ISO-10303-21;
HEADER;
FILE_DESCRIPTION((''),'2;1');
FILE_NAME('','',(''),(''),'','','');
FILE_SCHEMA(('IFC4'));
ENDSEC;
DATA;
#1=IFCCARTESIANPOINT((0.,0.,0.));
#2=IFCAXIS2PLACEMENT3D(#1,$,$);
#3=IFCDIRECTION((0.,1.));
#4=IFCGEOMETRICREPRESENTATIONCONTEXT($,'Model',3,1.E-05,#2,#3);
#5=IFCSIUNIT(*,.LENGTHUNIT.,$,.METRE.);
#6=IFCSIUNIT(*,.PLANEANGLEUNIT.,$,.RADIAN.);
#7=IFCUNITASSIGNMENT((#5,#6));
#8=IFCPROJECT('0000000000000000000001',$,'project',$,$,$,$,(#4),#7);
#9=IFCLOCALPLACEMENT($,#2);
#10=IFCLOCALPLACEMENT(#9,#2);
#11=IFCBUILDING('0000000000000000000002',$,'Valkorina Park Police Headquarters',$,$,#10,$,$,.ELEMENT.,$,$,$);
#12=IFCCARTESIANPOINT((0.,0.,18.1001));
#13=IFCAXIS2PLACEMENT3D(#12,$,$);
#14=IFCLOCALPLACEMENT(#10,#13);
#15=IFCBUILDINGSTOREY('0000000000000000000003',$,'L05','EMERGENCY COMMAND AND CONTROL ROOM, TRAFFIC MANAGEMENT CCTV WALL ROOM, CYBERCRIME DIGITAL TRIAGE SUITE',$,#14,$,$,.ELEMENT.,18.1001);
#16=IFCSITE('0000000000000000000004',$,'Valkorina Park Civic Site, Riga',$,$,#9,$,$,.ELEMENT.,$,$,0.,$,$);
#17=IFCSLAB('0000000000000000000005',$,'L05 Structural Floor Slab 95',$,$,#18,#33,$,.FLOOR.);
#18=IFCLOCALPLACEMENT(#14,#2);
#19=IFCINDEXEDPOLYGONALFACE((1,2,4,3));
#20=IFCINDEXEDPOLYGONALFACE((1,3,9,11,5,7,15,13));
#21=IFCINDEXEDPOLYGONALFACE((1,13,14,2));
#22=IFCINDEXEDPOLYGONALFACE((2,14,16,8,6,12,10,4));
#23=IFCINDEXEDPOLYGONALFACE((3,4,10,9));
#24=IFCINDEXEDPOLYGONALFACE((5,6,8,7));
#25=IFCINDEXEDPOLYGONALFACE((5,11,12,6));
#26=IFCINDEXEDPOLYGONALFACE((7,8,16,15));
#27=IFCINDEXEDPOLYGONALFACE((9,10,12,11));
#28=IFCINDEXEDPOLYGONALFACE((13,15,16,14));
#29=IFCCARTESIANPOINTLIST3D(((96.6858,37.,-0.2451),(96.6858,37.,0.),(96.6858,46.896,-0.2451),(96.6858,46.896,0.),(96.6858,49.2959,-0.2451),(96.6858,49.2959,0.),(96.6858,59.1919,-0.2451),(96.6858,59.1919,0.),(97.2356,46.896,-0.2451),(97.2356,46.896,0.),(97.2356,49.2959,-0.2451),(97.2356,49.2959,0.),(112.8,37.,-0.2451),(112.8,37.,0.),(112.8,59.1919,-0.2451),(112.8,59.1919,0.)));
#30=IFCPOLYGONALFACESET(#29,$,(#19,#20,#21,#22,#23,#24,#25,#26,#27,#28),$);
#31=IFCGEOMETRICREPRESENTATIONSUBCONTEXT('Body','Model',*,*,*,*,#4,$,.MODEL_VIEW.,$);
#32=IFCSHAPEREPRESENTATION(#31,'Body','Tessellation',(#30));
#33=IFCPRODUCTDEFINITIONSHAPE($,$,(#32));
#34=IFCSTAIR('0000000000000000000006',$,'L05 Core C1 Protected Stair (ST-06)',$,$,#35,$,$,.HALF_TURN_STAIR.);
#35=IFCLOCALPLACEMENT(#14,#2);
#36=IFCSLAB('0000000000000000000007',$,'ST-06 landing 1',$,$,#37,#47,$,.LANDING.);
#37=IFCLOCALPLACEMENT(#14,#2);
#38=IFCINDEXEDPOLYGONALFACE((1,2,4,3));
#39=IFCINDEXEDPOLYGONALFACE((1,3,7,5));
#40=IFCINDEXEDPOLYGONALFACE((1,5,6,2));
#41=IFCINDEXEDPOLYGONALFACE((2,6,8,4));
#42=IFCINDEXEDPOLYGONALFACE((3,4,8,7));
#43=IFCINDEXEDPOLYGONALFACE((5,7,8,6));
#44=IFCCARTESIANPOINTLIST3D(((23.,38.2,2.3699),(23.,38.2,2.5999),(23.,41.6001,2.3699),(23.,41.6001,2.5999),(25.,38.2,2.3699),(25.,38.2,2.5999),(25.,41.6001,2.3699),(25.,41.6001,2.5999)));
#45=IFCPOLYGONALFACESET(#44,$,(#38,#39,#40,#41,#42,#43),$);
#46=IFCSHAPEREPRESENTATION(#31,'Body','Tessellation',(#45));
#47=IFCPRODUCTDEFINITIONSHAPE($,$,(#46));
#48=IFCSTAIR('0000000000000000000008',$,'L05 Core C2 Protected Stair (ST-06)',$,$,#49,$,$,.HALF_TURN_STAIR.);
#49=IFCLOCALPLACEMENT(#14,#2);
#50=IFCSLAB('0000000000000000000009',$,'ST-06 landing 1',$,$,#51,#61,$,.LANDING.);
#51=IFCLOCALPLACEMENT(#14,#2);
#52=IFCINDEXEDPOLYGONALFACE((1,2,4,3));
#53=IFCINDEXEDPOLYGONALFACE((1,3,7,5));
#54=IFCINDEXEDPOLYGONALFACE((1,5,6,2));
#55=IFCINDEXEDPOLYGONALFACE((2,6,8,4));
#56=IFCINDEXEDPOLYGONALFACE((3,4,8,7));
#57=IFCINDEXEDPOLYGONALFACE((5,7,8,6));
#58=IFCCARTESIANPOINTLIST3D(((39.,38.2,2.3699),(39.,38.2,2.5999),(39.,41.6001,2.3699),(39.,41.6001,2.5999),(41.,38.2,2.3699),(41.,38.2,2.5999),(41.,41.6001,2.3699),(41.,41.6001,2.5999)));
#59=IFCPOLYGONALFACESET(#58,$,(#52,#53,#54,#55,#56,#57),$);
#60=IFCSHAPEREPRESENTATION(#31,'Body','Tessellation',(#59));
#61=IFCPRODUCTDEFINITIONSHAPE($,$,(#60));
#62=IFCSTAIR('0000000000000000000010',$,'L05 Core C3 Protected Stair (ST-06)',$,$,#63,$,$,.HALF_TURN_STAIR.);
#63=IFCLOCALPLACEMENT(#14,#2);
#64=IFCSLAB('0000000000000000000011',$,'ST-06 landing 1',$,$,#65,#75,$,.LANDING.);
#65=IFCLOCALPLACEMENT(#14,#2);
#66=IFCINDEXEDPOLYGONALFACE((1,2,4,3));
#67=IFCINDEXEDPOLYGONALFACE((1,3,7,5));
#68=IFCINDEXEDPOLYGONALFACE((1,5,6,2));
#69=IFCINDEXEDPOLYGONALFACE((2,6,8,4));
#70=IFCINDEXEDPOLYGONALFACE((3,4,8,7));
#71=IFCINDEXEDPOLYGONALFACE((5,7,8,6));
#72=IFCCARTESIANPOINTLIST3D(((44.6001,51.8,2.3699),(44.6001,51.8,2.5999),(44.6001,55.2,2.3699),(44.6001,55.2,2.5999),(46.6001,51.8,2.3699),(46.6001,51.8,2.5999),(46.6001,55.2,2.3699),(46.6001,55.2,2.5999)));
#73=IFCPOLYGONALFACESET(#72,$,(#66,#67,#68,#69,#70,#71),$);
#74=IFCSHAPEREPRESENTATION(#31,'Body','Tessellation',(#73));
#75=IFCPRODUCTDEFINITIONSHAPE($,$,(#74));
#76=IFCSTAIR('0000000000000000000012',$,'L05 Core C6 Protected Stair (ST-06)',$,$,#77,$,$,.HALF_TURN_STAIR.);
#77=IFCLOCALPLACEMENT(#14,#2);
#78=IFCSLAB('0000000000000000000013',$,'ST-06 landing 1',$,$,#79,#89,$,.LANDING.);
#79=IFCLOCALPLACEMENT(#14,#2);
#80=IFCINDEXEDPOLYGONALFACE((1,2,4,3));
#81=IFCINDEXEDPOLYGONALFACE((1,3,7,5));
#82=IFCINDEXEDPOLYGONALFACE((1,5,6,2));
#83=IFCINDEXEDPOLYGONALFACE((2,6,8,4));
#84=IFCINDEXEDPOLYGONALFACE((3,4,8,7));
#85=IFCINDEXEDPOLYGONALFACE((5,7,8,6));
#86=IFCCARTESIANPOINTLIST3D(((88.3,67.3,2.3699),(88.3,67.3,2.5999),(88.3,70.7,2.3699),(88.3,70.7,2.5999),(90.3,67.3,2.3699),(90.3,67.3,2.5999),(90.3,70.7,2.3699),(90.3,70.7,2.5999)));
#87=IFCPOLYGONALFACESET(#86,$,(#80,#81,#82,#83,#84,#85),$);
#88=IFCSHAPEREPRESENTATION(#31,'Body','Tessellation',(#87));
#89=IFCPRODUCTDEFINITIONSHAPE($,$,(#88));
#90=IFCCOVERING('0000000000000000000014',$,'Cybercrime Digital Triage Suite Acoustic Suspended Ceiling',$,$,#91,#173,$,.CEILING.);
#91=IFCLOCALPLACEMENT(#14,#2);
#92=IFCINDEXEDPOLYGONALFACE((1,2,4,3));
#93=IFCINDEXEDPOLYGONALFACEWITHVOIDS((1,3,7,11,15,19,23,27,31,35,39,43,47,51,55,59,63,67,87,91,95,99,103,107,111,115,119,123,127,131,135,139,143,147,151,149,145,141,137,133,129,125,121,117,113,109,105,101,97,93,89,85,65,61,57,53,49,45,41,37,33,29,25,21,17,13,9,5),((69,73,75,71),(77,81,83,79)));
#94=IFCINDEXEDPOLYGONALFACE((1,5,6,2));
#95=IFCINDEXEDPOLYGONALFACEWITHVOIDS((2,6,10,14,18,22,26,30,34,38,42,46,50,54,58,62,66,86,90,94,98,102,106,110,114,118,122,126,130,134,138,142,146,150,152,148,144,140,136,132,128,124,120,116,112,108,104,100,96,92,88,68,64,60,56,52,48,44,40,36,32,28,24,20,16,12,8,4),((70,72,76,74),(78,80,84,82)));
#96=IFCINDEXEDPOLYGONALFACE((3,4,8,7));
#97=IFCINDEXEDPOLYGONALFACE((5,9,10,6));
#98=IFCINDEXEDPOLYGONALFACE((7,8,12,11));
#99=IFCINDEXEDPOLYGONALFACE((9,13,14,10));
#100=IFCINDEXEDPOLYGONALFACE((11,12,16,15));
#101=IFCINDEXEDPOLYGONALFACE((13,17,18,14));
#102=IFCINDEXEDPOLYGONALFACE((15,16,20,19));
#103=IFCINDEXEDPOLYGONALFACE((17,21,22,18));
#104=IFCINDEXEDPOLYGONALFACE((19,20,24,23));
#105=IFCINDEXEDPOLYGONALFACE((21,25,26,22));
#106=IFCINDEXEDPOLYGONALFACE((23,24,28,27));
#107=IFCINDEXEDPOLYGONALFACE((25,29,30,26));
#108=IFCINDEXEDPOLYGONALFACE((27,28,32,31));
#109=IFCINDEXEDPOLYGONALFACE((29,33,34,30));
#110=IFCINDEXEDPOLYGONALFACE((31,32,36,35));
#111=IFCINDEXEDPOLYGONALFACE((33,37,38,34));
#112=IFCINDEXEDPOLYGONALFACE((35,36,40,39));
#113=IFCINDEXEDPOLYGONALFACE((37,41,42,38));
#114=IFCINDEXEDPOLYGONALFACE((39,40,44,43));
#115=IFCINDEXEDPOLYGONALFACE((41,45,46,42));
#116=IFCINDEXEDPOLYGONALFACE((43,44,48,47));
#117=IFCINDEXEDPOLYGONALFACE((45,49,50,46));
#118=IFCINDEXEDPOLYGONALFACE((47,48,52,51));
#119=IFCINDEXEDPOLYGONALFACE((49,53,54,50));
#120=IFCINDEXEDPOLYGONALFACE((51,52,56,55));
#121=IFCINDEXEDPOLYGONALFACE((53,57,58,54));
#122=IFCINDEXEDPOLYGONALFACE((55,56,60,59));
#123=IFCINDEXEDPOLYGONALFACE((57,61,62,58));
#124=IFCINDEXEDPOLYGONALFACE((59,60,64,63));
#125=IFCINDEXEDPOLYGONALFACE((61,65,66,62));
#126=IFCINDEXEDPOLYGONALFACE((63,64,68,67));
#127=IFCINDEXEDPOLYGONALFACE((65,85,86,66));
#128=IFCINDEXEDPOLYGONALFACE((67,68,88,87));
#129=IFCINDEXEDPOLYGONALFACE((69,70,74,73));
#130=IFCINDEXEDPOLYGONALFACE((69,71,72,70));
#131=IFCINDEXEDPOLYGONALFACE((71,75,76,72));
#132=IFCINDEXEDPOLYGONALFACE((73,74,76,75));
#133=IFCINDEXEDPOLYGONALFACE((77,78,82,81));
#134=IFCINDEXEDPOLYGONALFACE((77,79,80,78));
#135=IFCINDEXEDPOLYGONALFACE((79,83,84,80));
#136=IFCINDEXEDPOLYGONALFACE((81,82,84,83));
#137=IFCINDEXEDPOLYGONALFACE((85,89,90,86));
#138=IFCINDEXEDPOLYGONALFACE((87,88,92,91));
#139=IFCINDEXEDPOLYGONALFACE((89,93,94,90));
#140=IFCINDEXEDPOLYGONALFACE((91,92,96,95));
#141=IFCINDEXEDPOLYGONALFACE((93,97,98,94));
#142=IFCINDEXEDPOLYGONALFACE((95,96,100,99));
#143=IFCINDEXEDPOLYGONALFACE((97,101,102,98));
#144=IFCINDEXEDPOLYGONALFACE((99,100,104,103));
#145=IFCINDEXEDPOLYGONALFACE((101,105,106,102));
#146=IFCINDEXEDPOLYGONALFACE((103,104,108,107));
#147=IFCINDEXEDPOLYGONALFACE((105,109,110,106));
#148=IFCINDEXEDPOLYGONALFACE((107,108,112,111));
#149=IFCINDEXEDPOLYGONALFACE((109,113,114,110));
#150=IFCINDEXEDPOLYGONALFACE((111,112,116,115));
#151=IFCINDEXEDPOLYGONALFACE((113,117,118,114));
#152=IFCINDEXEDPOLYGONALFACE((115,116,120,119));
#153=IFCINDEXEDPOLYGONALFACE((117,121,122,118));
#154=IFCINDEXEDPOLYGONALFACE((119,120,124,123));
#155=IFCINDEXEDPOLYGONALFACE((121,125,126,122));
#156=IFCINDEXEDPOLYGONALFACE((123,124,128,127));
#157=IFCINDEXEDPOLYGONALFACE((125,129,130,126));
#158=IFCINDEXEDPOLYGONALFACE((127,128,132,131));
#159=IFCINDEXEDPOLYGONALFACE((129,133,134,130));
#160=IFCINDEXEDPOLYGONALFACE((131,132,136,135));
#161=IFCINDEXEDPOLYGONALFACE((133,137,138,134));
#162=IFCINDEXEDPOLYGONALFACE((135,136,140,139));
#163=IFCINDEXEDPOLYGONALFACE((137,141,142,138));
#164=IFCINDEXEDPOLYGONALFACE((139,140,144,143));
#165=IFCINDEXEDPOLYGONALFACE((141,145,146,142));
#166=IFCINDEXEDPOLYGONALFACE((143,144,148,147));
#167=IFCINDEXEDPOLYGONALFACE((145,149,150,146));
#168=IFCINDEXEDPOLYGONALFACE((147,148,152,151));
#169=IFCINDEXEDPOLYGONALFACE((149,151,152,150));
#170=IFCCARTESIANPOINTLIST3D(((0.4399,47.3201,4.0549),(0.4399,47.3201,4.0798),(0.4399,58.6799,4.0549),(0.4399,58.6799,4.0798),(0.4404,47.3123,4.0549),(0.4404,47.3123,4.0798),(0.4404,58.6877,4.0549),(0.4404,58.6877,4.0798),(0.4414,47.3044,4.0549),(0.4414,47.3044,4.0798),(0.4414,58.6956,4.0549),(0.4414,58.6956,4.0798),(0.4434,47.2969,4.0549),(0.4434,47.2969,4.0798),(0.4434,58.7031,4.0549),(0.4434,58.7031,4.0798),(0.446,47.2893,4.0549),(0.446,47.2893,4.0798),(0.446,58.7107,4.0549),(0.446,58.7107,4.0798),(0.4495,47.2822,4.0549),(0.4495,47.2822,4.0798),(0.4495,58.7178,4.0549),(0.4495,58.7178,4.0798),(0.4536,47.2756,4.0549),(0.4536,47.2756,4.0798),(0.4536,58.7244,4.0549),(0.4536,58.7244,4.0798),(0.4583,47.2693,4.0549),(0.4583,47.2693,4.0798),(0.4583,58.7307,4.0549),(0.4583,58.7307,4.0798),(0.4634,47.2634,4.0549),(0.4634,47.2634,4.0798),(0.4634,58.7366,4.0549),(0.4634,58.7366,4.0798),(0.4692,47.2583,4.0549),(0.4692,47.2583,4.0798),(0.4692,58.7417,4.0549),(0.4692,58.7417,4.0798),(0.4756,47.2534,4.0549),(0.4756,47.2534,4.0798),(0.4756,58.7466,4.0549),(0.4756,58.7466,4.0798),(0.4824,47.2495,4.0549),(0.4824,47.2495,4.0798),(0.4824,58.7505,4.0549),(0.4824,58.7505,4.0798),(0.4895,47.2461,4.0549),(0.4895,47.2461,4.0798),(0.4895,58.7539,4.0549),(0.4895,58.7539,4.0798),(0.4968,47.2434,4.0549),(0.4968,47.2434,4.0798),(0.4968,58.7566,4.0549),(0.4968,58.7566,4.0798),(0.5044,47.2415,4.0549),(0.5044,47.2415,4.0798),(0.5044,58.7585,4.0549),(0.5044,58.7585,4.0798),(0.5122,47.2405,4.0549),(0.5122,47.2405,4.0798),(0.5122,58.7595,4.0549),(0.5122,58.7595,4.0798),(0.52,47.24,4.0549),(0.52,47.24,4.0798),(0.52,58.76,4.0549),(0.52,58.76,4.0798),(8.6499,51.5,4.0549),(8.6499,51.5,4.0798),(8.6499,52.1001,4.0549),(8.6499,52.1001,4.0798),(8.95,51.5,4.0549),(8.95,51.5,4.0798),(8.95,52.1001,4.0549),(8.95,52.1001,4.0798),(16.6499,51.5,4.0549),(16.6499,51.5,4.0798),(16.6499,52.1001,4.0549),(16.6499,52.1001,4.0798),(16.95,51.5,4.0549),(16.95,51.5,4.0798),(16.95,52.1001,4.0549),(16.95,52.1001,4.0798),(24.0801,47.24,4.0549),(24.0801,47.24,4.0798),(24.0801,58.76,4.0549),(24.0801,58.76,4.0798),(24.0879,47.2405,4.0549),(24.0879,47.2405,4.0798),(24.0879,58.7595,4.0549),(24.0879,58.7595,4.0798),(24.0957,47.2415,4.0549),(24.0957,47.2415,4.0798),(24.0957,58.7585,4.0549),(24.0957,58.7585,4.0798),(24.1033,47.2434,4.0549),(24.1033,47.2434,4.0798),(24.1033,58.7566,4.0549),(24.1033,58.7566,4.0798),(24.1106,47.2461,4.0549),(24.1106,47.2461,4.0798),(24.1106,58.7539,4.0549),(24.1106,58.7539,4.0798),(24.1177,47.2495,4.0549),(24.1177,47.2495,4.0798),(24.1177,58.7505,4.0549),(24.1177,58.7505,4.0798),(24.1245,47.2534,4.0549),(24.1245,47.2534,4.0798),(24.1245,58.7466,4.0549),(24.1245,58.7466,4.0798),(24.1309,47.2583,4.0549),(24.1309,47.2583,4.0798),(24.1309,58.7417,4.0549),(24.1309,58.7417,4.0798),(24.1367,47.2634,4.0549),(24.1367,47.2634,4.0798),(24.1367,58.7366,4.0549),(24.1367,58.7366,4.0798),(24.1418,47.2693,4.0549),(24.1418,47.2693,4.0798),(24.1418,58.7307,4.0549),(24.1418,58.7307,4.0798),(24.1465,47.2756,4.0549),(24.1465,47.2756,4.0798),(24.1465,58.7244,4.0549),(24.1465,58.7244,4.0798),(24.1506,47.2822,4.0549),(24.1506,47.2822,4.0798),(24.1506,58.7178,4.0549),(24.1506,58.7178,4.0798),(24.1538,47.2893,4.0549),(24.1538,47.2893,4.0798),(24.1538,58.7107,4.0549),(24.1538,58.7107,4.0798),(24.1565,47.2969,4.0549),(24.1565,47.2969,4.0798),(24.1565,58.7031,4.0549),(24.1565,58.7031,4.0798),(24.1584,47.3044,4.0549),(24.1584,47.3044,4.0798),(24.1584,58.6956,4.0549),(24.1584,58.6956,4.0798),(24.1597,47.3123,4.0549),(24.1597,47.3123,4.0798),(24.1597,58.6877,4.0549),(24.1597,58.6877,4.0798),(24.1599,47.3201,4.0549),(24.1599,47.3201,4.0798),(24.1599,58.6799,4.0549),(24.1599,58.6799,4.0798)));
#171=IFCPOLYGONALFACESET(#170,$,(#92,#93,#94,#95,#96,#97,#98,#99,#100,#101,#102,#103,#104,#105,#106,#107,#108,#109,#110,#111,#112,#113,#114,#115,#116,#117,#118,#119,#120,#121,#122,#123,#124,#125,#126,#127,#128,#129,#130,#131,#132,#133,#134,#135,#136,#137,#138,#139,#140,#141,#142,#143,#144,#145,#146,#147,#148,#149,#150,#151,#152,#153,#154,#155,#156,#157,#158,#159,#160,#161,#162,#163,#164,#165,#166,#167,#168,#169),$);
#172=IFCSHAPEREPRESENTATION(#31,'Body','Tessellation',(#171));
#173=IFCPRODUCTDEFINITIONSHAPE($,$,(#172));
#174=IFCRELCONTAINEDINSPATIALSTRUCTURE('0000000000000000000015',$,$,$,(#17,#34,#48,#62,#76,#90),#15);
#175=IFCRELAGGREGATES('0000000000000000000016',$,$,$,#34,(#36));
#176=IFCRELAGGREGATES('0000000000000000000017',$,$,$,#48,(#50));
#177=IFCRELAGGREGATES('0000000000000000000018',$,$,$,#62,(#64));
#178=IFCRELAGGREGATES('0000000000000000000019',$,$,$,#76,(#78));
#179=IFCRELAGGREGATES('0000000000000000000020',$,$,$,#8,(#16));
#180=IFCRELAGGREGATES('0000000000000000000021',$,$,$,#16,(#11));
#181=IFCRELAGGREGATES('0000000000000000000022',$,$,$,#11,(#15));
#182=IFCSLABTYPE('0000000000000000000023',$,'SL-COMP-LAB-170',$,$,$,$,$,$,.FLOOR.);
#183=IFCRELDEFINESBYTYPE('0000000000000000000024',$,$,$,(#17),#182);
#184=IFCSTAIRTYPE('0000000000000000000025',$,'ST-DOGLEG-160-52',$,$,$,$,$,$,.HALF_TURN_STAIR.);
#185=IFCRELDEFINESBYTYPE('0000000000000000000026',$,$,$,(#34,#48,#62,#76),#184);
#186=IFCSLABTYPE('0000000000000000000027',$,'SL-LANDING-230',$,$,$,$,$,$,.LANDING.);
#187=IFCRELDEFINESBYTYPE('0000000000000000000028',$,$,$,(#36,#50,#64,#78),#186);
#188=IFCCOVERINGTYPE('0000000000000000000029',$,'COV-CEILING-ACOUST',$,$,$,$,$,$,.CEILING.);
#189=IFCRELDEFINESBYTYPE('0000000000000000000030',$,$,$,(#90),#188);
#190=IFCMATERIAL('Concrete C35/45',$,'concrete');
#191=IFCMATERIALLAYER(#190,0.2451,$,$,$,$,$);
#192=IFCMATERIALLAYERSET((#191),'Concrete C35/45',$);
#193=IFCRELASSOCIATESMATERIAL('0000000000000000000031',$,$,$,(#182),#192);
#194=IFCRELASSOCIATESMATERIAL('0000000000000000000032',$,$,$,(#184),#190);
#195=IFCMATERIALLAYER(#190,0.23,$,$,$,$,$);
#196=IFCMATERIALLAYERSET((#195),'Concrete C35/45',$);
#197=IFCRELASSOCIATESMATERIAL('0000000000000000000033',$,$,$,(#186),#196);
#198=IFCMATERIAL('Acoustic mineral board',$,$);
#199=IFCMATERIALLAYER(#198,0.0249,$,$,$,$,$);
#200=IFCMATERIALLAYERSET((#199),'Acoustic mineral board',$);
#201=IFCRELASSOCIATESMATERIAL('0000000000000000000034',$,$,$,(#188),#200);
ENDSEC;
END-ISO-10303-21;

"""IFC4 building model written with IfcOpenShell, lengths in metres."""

from ifc_helpers import new_model, si_unit, direction, frame, origin, place, context, subcontext, project, spatial, polyline, outline, extrude, material, layer, layer_set, type_object, element, aggregate, save


model = new_model("IFC4")

# Units and contexts
model_context = context("Model", 3, precision=1e-05, world=origin(), true_north=direction((0.0, 1.0)))
body_context = subcontext(model_context, "Body", "Model", "MODEL_VIEW")
ifc_project = project(units=[si_unit("LENGTHUNIT", "METRE"), si_unit("PLANEANGLEUNIT", "RADIAN")], contexts=[model_context])

# Site, building, storey
site_placement = place(None, origin())
site = spatial("IfcSite", under=ifc_project, at=site_placement, Name="Valkorina Park Civic Site, Riga", CompositionType="ELEMENT", RefElevation=0.0)
building_placement = place(site_placement, origin())
building = spatial("IfcBuilding", under=site, at=building_placement, Name="Valkorina Park Police Headquarters", CompositionType="ELEMENT")
storey_placement = place(building_placement, frame((0.0, 0.0, 18.1001)))
storey = spatial("IfcBuildingStorey", under=building, at=storey_placement, Name="L05", Description="EMERGENCY COMMAND AND CONTROL ROOM, TRAFFIC MANAGEMENT CCTV WALL ROOM, CYBERCRIME DIGITAL TRIAGE SUITE", CompositionType="ELEMENT", Elevation=18.1001)

# Slab
ifc_material_1 = material(Name="Concrete C35/45", Category="concrete")
ifc_layer_1 = layer(ifc_material_1, 0.2451)
ifc_layer_set_1 = layer_set([ifc_layer_1], Name="Concrete C35/45")
slab_type_1 = type_object("IfcSlabType", Name="SL-COMP-LAB-170", PredefinedType="FLOOR", material=ifc_layer_set_1)
slab_1_placement = place(storey_placement, frame((0.0, 0.0, -0.2451)))
element("IfcSlab", 1, at=slab_1_placement, inside=storey, type_object=slab_type_1, Name="L05 Structural Floor Slab 95", PredefinedType="FLOOR", context=body_context, shape_type="SweptSolid", body=[
    extrude(outline(polyline([(96.6858, 59.1919), (96.6858, 49.2959), (97.2356, 49.2959), (97.2356, 46.896), (96.6858, 46.896), (96.6858, 37.0), (112.8, 37.0), (112.8, 59.1919), (96.6858, 59.1919)])), origin(), (0.0, 0.0, 1.0), 0.2451),
])

# Stairs, slabs
stair_type = type_object("IfcStairType", Name="ST-DOGLEG-160-52", PredefinedType="HALF_TURN_STAIR", material=ifc_material_1)
stair_1_placement = place(storey_placement, origin())
stair_1 = element("IfcStair", 2, at=stair_1_placement, inside=storey, type_object=stair_type, Name="L05 Core C1 Protected Stair (ST-06)", PredefinedType="HALF_TURN_STAIR")
ifc_layer_2 = layer(ifc_material_1, 0.23)
ifc_layer_set_2 = layer_set([ifc_layer_2], Name="Concrete C35/45")
slab_type_2 = type_object("IfcSlabType", Name="SL-LANDING-230", PredefinedType="LANDING", material=ifc_layer_set_2)
slab_2_placement = place(storey_placement, frame((0.0, 0.0, 2.3699)))
slab_2 = element("IfcSlab", 3, at=slab_2_placement, type_object=slab_type_2, Name="ST-06 landing 1", PredefinedType="LANDING", context=body_context, shape_type="SweptSolid", body=[
    extrude(outline(polyline([(23.0, 38.2), (25.0, 38.2), (25.0, 41.6001), (23.0, 41.6001), (23.0, 38.2)])), origin(), (0.0, 0.0, 1.0), 0.23),
])
aggregate(stair_1, [slab_2])
stair_2_placement = place(storey_placement, origin())
stair_2 = element("IfcStair", 4, at=stair_2_placement, inside=storey, type_object=stair_type, Name="L05 Core C2 Protected Stair (ST-06)", PredefinedType="HALF_TURN_STAIR")
slab_3_placement = place(storey_placement, frame((0.0, 0.0, 2.3699)))
slab_3 = element("IfcSlab", 5, at=slab_3_placement, type_object=slab_type_2, Name="ST-06 landing 1", PredefinedType="LANDING", context=body_context, shape_type="SweptSolid", body=[
    extrude(outline(polyline([(39.0, 38.2), (41.0, 38.2), (41.0, 41.6001), (39.0, 41.6001), (39.0, 38.2)])), origin(), (0.0, 0.0, 1.0), 0.23),
])
aggregate(stair_2, [slab_3])
stair_3_placement = place(storey_placement, origin())
stair_3 = element("IfcStair", 6, at=stair_3_placement, inside=storey, type_object=stair_type, Name="L05 Core C3 Protected Stair (ST-06)", PredefinedType="HALF_TURN_STAIR")
slab_4_placement = place(storey_placement, frame((0.0, 0.0, 2.3699)))
slab_4 = element("IfcSlab", 7, at=slab_4_placement, type_object=slab_type_2, Name="ST-06 landing 1", PredefinedType="LANDING", context=body_context, shape_type="SweptSolid", body=[
    extrude(outline(polyline([(44.6001, 51.8), (46.6001, 51.8), (46.6001, 55.2), (44.6001, 55.2), (44.6001, 51.8)])), origin(), (0.0, 0.0, 1.0), 0.23),
])
aggregate(stair_3, [slab_4])
stair_4_placement = place(storey_placement, origin())
stair_4 = element("IfcStair", 8, at=stair_4_placement, inside=storey, type_object=stair_type, Name="L05 Core C6 Protected Stair (ST-06)", PredefinedType="HALF_TURN_STAIR")
slab_5_placement = place(storey_placement, frame((0.0, 0.0, 2.3699)))
slab_5 = element("IfcSlab", 9, at=slab_5_placement, type_object=slab_type_2, Name="ST-06 landing 1", PredefinedType="LANDING", context=body_context, shape_type="SweptSolid", body=[
    extrude(outline(polyline([(88.3, 67.3), (90.3, 67.3), (90.3, 70.7), (88.3, 70.7), (88.3, 67.3)])), origin(), (0.0, 0.0, 1.0), 0.23),
])
aggregate(stair_4, [slab_5])

# Covering
ifc_material_2 = material(Name="Acoustic mineral board")
ifc_layer_3 = layer(ifc_material_2, 0.0249)
ifc_layer_set_3 = layer_set([ifc_layer_3], Name="Acoustic mineral board")
covering_type_1 = type_object("IfcCoveringType", Name="COV-CEILING-ACOUST", PredefinedType="CEILING", material=ifc_layer_set_3)
covering_1_placement = place(storey_placement, frame((0.0, 0.0, 4.0549)))
element("IfcCovering", 10, at=covering_1_placement, inside=storey, type_object=covering_type_1, Name="Cybercrime Digital Triage Suite Acoustic Suspended Ceiling", PredefinedType="CEILING", context=body_context, shape_type="SweptSolid", body=[
    extrude(outline(polyline([(24.0957, 58.7585), (24.0879, 58.7595), (24.0801, 58.76), (0.52, 58.76), (0.5122, 58.7595), (0.5044, 58.7585), (0.4968, 58.7566), (0.4895, 58.7539), (0.4824, 58.7505), (0.4756, 58.7466), (0.4692, 58.7417), (0.4634, 58.7366), (0.4583, 58.7307), (0.4536, 58.7244), (0.4495, 58.7178), (0.446, 58.7107), (0.4434, 58.7031), (0.4414, 58.6956), (0.4404, 58.6877), (0.4399, 58.6799), (0.4399, 47.3201), (0.4404, 47.3123), (0.4414, 47.3044), (0.4434, 47.2969), (0.446, 47.2893), (0.4495, 47.2822), (0.4536, 47.2756), (0.4583, 47.2693), (0.4634, 47.2634), (0.4692, 47.2583), (0.4756, 47.2534), (0.4824, 47.2495), (0.4895, 47.2461), (0.4968, 47.2434), (0.5044, 47.2415), (0.5122, 47.2405), (0.52, 47.24), (24.0801, 47.24), (24.0879, 47.2405), (24.0957, 47.2415), (24.1033, 47.2434), (24.1106, 47.2461), (24.1177, 47.2495), (24.1245, 47.2534), (24.1309, 47.2583), (24.1367, 47.2634), (24.1418, 47.2693), (24.1465, 47.2756), (24.1506, 47.2822), (24.1538, 47.2893), (24.1565, 47.2969), (24.1584, 47.3044), (24.1597, 47.3123), (24.1599, 47.3201), (24.1599, 58.6799), (24.1597, 58.6877), (24.1584, 58.6956), (24.1565, 58.7031), (24.1538, 58.7107), (24.1506, 58.7178), (24.1465, 58.7244), (24.1418, 58.7307), (24.1367, 58.7366), (24.1309, 58.7417), (24.1245, 58.7466), (24.1177, 58.7505), (24.1106, 58.7539), (24.1033, 58.7566), (24.0957, 58.7585)]), holes=[polyline([(16.95, 52.1001), (16.95, 51.5), (16.6499, 51.5), (16.6499, 52.1001), (16.95, 52.1001)]), polyline([(8.6499, 52.1001), (8.95, 52.1001), (8.95, 51.5), (8.6499, 51.5), (8.6499, 52.1001)])]), origin(), (0.0, 0.0, 1.0), 0.0249),
])

save(model, "model.ifc")
